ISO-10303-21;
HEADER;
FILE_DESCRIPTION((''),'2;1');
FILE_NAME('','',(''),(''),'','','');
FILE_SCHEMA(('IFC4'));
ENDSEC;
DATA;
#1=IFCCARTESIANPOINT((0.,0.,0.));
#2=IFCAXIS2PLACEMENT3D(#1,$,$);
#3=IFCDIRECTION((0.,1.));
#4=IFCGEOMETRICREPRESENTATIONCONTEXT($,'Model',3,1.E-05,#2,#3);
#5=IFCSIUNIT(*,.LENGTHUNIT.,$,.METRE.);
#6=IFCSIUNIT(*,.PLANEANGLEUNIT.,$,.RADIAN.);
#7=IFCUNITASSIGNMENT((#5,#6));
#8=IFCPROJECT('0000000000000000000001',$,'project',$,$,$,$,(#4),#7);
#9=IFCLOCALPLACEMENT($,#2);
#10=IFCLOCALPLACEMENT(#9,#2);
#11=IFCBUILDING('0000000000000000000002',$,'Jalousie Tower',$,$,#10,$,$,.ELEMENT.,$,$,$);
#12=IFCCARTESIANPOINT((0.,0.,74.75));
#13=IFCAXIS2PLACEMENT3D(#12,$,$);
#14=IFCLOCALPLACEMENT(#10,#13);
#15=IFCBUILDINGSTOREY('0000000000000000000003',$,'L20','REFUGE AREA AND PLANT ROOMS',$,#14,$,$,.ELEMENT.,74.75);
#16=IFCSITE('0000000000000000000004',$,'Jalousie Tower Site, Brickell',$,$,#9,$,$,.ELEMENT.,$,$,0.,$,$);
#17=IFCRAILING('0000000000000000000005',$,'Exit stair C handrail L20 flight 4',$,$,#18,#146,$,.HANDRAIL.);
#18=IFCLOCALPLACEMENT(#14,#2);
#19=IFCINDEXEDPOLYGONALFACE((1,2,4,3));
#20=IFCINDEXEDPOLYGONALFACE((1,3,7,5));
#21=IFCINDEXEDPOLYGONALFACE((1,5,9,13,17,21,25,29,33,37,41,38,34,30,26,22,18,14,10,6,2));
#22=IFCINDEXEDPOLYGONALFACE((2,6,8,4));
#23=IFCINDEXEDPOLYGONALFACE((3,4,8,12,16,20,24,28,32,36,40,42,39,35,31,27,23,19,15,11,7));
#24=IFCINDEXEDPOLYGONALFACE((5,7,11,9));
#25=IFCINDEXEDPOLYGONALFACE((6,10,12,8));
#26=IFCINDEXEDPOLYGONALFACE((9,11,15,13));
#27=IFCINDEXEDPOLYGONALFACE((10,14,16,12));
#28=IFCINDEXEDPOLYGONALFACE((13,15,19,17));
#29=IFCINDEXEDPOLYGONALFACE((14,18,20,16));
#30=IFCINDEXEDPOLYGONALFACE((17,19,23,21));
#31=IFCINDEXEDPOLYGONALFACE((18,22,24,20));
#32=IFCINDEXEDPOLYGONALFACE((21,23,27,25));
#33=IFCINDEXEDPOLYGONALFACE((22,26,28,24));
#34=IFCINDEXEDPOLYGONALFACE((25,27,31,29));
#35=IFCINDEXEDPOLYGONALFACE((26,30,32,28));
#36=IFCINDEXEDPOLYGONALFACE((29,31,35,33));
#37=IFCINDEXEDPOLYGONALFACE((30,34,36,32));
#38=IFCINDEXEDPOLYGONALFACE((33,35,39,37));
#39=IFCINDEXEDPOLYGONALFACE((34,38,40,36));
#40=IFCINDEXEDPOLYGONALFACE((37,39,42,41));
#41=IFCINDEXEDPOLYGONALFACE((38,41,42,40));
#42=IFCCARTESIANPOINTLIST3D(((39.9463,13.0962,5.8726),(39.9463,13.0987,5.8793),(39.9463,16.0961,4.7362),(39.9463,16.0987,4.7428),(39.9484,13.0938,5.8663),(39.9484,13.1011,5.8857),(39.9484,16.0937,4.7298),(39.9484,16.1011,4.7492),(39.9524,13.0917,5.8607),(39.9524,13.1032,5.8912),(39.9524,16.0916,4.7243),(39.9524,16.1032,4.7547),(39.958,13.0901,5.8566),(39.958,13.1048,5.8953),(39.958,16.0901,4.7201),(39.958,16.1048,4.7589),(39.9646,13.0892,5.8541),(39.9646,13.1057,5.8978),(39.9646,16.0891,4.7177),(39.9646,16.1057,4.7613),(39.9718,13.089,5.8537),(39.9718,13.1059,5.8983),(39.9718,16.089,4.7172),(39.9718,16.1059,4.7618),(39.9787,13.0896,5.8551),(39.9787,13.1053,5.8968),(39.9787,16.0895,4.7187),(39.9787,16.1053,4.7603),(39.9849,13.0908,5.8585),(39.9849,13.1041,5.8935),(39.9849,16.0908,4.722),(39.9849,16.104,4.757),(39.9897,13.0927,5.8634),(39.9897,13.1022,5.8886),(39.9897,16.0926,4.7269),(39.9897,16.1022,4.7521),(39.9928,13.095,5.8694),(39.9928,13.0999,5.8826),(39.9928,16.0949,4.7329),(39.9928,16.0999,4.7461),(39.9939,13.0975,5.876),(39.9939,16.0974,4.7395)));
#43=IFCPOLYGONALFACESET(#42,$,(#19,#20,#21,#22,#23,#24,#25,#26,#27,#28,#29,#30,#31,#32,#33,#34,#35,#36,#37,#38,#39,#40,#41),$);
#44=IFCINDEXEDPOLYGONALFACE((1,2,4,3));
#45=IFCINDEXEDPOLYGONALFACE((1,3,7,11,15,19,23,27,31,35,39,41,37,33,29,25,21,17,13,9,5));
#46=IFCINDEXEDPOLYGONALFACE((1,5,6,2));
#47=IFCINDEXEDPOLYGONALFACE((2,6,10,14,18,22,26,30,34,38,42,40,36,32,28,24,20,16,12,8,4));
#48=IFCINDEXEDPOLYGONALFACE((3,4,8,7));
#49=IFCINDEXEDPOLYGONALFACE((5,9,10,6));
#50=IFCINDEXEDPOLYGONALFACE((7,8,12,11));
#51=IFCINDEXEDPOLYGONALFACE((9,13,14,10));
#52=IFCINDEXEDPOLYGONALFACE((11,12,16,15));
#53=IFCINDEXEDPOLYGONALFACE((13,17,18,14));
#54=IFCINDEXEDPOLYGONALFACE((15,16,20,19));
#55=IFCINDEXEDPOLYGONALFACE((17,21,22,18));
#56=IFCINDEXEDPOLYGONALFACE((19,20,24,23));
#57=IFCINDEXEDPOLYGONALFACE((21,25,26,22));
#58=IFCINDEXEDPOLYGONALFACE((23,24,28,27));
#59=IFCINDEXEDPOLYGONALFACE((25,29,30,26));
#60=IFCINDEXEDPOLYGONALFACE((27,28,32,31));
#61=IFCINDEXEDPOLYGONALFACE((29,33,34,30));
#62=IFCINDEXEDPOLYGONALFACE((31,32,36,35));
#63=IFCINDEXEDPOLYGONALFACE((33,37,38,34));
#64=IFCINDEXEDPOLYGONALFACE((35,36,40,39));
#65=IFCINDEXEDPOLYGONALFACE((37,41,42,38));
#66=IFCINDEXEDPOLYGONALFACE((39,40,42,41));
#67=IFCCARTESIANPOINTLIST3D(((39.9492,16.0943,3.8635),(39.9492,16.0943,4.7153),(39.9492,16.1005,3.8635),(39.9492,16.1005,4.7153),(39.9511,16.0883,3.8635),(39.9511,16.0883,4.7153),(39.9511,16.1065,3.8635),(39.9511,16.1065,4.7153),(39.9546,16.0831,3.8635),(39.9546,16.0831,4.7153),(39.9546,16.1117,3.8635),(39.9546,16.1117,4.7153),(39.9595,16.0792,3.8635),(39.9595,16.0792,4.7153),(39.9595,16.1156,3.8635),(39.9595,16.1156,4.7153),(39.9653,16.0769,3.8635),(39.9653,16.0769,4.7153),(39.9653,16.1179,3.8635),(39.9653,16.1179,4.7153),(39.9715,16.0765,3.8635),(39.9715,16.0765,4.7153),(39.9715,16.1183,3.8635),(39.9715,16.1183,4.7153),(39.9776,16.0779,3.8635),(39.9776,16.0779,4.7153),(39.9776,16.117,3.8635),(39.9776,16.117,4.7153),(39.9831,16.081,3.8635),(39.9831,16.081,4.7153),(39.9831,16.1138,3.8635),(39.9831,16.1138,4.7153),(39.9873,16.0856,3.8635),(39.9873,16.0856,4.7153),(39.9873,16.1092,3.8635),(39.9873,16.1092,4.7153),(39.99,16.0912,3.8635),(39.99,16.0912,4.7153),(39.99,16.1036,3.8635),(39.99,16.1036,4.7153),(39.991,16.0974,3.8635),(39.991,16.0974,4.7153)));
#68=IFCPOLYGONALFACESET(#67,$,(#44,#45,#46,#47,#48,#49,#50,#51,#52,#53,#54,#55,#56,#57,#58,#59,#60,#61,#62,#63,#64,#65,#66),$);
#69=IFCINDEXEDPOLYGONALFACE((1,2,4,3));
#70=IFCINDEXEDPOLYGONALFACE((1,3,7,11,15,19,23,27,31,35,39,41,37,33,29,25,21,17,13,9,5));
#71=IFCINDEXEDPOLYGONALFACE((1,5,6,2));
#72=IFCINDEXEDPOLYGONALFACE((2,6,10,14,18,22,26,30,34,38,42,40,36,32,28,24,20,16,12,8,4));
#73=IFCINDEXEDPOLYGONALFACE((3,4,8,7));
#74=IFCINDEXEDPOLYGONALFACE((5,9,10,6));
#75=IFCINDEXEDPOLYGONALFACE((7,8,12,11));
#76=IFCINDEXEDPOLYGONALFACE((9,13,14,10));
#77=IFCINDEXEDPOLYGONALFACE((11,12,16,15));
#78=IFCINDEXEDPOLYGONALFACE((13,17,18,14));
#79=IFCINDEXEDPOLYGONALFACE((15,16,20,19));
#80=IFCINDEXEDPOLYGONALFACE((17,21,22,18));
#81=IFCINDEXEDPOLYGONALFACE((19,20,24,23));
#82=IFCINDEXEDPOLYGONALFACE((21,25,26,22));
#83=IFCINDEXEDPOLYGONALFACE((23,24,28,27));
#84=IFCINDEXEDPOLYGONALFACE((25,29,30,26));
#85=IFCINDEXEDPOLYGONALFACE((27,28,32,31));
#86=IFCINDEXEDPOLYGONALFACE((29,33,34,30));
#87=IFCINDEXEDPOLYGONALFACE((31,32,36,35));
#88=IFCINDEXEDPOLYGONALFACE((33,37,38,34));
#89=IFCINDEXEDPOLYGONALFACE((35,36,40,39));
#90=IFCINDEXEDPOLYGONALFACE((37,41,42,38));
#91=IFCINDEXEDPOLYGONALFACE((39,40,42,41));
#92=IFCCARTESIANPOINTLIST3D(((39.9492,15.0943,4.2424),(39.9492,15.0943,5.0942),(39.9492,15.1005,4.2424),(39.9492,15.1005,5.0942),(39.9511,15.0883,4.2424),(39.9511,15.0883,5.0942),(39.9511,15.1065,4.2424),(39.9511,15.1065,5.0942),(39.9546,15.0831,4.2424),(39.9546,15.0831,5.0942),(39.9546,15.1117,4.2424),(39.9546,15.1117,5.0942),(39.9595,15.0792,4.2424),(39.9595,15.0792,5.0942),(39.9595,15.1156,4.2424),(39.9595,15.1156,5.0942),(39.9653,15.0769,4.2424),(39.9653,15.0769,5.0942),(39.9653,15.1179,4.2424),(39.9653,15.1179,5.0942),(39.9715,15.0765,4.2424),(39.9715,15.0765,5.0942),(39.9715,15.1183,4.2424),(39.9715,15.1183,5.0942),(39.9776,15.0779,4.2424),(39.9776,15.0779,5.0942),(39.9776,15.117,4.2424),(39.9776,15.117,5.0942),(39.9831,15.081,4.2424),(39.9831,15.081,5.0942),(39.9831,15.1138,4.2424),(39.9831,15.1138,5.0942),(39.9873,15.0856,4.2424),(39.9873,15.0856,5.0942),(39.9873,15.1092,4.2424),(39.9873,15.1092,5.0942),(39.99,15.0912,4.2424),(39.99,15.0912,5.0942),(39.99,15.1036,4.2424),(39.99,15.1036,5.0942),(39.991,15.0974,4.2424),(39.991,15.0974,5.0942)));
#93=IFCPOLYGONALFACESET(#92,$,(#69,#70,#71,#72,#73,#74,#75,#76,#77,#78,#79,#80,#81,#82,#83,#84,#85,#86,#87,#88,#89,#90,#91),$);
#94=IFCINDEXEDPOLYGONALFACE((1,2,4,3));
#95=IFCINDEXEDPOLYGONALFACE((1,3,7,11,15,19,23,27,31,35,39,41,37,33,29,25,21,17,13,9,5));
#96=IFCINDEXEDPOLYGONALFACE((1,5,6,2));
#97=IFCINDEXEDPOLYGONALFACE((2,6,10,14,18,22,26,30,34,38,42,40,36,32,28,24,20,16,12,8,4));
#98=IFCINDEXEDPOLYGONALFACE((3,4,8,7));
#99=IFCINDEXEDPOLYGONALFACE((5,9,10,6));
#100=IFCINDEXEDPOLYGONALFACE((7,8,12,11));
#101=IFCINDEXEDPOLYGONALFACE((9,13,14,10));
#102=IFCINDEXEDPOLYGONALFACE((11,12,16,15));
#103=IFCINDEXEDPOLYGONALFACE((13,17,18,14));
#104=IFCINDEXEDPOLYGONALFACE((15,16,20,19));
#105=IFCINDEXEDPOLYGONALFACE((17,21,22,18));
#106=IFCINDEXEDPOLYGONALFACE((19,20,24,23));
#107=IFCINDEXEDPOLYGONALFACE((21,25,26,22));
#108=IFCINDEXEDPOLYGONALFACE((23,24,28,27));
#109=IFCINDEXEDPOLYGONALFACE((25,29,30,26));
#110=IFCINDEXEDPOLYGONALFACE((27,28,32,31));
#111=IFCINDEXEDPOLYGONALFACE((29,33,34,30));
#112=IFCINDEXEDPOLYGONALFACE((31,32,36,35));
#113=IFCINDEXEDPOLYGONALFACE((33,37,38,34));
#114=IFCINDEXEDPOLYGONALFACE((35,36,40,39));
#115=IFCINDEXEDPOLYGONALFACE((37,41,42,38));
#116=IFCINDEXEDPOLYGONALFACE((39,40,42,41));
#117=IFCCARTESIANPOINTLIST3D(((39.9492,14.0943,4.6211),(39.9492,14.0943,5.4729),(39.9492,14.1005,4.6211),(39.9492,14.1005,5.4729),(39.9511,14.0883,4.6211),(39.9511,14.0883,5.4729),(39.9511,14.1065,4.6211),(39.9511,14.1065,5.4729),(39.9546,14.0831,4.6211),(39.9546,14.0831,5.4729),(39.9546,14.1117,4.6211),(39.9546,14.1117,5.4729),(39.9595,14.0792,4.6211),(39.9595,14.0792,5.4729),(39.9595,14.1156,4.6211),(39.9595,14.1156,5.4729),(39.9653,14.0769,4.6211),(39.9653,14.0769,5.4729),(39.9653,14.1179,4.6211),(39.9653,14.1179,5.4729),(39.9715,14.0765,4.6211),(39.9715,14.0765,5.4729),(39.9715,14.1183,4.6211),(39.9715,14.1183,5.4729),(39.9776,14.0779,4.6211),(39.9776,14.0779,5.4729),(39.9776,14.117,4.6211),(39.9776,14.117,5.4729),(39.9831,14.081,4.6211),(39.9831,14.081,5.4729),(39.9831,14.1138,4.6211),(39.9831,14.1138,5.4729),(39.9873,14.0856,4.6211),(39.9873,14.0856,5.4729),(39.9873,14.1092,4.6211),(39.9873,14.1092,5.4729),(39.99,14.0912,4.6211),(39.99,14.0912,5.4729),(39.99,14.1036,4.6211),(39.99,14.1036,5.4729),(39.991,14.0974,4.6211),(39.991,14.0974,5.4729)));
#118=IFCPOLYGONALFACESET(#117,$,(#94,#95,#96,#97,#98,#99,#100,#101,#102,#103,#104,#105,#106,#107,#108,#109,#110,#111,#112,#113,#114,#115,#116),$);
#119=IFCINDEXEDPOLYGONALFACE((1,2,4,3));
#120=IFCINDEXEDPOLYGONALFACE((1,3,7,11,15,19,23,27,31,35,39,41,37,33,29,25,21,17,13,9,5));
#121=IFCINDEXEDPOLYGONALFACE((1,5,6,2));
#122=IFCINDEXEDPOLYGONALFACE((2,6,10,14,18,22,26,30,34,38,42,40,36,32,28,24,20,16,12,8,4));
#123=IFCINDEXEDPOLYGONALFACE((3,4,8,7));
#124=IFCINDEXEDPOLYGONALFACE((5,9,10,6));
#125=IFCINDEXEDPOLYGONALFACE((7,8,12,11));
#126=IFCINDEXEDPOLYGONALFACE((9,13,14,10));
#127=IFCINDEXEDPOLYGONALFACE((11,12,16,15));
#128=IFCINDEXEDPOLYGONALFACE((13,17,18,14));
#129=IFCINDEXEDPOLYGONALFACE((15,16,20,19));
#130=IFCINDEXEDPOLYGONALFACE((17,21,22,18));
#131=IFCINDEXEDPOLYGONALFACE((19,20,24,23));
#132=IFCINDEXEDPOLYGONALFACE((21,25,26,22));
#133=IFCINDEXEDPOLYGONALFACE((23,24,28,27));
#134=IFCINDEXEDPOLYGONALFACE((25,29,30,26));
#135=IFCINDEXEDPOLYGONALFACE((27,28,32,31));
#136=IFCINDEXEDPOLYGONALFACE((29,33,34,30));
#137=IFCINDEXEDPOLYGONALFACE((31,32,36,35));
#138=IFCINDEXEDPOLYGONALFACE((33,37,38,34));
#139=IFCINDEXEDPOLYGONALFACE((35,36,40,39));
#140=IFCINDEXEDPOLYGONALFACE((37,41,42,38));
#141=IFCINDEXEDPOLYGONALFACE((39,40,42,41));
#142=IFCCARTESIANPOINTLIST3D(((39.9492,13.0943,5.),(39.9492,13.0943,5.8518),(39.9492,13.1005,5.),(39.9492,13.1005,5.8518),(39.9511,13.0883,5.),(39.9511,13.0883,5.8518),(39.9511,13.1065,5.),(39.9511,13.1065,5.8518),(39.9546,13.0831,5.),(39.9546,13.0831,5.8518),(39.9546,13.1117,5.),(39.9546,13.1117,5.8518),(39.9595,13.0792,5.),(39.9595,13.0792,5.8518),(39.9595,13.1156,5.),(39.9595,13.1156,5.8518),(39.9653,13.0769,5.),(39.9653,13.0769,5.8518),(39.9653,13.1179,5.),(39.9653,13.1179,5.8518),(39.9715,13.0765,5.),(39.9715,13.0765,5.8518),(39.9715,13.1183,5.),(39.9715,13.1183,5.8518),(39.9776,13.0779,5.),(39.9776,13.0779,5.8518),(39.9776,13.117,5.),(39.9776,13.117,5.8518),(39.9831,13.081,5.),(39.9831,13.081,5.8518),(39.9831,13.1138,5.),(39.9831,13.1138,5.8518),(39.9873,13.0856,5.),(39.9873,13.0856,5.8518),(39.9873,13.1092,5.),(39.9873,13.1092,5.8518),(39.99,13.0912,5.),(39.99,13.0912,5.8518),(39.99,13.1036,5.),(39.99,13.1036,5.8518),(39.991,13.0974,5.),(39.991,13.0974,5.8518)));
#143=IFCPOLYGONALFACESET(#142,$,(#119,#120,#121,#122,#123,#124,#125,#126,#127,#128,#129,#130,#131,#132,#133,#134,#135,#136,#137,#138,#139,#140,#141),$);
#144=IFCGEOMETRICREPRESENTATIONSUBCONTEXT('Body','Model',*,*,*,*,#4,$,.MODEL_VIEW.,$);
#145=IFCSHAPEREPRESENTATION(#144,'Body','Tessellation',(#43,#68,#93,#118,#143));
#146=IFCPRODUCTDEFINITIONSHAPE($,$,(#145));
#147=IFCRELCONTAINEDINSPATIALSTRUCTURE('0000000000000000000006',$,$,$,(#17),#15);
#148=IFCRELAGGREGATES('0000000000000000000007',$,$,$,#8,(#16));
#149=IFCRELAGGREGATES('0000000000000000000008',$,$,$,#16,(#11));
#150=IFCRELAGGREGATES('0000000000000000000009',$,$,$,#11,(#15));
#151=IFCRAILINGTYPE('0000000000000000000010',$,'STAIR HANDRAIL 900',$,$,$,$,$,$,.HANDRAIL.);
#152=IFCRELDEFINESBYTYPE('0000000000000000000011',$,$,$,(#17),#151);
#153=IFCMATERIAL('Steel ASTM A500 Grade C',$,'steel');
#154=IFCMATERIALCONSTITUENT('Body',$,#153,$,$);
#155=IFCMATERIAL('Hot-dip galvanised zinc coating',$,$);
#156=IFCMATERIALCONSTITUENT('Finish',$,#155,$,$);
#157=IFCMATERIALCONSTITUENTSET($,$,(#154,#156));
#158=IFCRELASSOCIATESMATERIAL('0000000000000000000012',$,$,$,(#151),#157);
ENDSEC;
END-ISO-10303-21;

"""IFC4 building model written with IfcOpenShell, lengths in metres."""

from ifc_helpers import new_model, si_unit, direction, frame, origin, origin_2d, place, context, subcontext, project, spatial, circle, extrude, material, constituent, constituent_set, type_object, element, save


model = new_model("IFC4")

# Units and contexts
model_context = context("Model", 3, precision=1e-05, world=origin(), true_north=direction((0.0, 1.0)))
body_context = subcontext(model_context, "Body", "Model", "MODEL_VIEW")
ifc_project = project(units=[si_unit("LENGTHUNIT", "METRE"), si_unit("PLANEANGLEUNIT", "RADIAN")], contexts=[model_context])

# Site, building, storey
site_placement = place(None, origin())
site = spatial("IfcSite", under=ifc_project, at=site_placement, Name="Jalousie Tower Site, Brickell", CompositionType="ELEMENT", RefElevation=0.0)
building_placement = place(site_placement, origin())
building = spatial("IfcBuilding", under=site, at=building_placement, Name="Jalousie Tower", CompositionType="ELEMENT")
storey_placement = place(building_placement, frame((0.0, 0.0, 74.75)))
storey = spatial("IfcBuildingStorey", under=building, at=storey_placement, Name="L20", Description="REFUGE AREA AND PLANT ROOMS", CompositionType="ELEMENT", Elevation=74.75)

# Railing
ifc_material_1 = material(Name="Steel ASTM A500 Grade C", Category="steel")
ifc_constituent_1 = constituent(ifc_material_1, Name="Body")
ifc_material_2 = material(Name="Hot-dip galvanised zinc coating")
ifc_constituent_2 = constituent(ifc_material_2, Name="Finish")
ifc_constituent_set_1 = constituent_set(constituents=[ifc_constituent_1, ifc_constituent_2])
railing_type_1 = type_object("IfcRailingType", Name="STAIR HANDRAIL 900", PredefinedType="HANDRAIL", material=ifc_constituent_set_1)
for number, where, name in (
    (1, (39.97, 16.0974, 3.8635), "Exit stair C handrail L20 flight 4"),
):
    element("IfcRailing", number, at=place(storey_placement, frame(where)), inside=storey, type_object=railing_type_1, Name=name, PredefinedType="HANDRAIL", context=body_context, shape_type="SweptSolid", body=[
        extrude(circle(Radius=0.0239, at=origin_2d()), frame((0.0, 0.0, 0.876), z_axis=(0.0, -0.935148, 0.354257), x_axis=(1.0, 0.0, 0.0)), (0.0, 0.0, 1.0), 3.208),
        extrude(circle(Radius=0.021, at=origin_2d()), origin(), (0.0, 0.0, 1.0), 0.8518),
        extrude(circle(Radius=0.021, at=origin_2d()), frame((0.0, -1.0, 0.3789)), (0.0, 0.0, 1.0), 0.8518),
        extrude(circle(Radius=0.021, at=origin_2d()), frame((0.0, -2.0, 0.7576)), (0.0, 0.0, 1.0), 0.8518),
        extrude(circle(Radius=0.021, at=origin_2d()), frame((0.0, -3.0, 1.1365)), (0.0, 0.0, 1.0), 0.8518),
    ])

save(model, "model.ifc")
